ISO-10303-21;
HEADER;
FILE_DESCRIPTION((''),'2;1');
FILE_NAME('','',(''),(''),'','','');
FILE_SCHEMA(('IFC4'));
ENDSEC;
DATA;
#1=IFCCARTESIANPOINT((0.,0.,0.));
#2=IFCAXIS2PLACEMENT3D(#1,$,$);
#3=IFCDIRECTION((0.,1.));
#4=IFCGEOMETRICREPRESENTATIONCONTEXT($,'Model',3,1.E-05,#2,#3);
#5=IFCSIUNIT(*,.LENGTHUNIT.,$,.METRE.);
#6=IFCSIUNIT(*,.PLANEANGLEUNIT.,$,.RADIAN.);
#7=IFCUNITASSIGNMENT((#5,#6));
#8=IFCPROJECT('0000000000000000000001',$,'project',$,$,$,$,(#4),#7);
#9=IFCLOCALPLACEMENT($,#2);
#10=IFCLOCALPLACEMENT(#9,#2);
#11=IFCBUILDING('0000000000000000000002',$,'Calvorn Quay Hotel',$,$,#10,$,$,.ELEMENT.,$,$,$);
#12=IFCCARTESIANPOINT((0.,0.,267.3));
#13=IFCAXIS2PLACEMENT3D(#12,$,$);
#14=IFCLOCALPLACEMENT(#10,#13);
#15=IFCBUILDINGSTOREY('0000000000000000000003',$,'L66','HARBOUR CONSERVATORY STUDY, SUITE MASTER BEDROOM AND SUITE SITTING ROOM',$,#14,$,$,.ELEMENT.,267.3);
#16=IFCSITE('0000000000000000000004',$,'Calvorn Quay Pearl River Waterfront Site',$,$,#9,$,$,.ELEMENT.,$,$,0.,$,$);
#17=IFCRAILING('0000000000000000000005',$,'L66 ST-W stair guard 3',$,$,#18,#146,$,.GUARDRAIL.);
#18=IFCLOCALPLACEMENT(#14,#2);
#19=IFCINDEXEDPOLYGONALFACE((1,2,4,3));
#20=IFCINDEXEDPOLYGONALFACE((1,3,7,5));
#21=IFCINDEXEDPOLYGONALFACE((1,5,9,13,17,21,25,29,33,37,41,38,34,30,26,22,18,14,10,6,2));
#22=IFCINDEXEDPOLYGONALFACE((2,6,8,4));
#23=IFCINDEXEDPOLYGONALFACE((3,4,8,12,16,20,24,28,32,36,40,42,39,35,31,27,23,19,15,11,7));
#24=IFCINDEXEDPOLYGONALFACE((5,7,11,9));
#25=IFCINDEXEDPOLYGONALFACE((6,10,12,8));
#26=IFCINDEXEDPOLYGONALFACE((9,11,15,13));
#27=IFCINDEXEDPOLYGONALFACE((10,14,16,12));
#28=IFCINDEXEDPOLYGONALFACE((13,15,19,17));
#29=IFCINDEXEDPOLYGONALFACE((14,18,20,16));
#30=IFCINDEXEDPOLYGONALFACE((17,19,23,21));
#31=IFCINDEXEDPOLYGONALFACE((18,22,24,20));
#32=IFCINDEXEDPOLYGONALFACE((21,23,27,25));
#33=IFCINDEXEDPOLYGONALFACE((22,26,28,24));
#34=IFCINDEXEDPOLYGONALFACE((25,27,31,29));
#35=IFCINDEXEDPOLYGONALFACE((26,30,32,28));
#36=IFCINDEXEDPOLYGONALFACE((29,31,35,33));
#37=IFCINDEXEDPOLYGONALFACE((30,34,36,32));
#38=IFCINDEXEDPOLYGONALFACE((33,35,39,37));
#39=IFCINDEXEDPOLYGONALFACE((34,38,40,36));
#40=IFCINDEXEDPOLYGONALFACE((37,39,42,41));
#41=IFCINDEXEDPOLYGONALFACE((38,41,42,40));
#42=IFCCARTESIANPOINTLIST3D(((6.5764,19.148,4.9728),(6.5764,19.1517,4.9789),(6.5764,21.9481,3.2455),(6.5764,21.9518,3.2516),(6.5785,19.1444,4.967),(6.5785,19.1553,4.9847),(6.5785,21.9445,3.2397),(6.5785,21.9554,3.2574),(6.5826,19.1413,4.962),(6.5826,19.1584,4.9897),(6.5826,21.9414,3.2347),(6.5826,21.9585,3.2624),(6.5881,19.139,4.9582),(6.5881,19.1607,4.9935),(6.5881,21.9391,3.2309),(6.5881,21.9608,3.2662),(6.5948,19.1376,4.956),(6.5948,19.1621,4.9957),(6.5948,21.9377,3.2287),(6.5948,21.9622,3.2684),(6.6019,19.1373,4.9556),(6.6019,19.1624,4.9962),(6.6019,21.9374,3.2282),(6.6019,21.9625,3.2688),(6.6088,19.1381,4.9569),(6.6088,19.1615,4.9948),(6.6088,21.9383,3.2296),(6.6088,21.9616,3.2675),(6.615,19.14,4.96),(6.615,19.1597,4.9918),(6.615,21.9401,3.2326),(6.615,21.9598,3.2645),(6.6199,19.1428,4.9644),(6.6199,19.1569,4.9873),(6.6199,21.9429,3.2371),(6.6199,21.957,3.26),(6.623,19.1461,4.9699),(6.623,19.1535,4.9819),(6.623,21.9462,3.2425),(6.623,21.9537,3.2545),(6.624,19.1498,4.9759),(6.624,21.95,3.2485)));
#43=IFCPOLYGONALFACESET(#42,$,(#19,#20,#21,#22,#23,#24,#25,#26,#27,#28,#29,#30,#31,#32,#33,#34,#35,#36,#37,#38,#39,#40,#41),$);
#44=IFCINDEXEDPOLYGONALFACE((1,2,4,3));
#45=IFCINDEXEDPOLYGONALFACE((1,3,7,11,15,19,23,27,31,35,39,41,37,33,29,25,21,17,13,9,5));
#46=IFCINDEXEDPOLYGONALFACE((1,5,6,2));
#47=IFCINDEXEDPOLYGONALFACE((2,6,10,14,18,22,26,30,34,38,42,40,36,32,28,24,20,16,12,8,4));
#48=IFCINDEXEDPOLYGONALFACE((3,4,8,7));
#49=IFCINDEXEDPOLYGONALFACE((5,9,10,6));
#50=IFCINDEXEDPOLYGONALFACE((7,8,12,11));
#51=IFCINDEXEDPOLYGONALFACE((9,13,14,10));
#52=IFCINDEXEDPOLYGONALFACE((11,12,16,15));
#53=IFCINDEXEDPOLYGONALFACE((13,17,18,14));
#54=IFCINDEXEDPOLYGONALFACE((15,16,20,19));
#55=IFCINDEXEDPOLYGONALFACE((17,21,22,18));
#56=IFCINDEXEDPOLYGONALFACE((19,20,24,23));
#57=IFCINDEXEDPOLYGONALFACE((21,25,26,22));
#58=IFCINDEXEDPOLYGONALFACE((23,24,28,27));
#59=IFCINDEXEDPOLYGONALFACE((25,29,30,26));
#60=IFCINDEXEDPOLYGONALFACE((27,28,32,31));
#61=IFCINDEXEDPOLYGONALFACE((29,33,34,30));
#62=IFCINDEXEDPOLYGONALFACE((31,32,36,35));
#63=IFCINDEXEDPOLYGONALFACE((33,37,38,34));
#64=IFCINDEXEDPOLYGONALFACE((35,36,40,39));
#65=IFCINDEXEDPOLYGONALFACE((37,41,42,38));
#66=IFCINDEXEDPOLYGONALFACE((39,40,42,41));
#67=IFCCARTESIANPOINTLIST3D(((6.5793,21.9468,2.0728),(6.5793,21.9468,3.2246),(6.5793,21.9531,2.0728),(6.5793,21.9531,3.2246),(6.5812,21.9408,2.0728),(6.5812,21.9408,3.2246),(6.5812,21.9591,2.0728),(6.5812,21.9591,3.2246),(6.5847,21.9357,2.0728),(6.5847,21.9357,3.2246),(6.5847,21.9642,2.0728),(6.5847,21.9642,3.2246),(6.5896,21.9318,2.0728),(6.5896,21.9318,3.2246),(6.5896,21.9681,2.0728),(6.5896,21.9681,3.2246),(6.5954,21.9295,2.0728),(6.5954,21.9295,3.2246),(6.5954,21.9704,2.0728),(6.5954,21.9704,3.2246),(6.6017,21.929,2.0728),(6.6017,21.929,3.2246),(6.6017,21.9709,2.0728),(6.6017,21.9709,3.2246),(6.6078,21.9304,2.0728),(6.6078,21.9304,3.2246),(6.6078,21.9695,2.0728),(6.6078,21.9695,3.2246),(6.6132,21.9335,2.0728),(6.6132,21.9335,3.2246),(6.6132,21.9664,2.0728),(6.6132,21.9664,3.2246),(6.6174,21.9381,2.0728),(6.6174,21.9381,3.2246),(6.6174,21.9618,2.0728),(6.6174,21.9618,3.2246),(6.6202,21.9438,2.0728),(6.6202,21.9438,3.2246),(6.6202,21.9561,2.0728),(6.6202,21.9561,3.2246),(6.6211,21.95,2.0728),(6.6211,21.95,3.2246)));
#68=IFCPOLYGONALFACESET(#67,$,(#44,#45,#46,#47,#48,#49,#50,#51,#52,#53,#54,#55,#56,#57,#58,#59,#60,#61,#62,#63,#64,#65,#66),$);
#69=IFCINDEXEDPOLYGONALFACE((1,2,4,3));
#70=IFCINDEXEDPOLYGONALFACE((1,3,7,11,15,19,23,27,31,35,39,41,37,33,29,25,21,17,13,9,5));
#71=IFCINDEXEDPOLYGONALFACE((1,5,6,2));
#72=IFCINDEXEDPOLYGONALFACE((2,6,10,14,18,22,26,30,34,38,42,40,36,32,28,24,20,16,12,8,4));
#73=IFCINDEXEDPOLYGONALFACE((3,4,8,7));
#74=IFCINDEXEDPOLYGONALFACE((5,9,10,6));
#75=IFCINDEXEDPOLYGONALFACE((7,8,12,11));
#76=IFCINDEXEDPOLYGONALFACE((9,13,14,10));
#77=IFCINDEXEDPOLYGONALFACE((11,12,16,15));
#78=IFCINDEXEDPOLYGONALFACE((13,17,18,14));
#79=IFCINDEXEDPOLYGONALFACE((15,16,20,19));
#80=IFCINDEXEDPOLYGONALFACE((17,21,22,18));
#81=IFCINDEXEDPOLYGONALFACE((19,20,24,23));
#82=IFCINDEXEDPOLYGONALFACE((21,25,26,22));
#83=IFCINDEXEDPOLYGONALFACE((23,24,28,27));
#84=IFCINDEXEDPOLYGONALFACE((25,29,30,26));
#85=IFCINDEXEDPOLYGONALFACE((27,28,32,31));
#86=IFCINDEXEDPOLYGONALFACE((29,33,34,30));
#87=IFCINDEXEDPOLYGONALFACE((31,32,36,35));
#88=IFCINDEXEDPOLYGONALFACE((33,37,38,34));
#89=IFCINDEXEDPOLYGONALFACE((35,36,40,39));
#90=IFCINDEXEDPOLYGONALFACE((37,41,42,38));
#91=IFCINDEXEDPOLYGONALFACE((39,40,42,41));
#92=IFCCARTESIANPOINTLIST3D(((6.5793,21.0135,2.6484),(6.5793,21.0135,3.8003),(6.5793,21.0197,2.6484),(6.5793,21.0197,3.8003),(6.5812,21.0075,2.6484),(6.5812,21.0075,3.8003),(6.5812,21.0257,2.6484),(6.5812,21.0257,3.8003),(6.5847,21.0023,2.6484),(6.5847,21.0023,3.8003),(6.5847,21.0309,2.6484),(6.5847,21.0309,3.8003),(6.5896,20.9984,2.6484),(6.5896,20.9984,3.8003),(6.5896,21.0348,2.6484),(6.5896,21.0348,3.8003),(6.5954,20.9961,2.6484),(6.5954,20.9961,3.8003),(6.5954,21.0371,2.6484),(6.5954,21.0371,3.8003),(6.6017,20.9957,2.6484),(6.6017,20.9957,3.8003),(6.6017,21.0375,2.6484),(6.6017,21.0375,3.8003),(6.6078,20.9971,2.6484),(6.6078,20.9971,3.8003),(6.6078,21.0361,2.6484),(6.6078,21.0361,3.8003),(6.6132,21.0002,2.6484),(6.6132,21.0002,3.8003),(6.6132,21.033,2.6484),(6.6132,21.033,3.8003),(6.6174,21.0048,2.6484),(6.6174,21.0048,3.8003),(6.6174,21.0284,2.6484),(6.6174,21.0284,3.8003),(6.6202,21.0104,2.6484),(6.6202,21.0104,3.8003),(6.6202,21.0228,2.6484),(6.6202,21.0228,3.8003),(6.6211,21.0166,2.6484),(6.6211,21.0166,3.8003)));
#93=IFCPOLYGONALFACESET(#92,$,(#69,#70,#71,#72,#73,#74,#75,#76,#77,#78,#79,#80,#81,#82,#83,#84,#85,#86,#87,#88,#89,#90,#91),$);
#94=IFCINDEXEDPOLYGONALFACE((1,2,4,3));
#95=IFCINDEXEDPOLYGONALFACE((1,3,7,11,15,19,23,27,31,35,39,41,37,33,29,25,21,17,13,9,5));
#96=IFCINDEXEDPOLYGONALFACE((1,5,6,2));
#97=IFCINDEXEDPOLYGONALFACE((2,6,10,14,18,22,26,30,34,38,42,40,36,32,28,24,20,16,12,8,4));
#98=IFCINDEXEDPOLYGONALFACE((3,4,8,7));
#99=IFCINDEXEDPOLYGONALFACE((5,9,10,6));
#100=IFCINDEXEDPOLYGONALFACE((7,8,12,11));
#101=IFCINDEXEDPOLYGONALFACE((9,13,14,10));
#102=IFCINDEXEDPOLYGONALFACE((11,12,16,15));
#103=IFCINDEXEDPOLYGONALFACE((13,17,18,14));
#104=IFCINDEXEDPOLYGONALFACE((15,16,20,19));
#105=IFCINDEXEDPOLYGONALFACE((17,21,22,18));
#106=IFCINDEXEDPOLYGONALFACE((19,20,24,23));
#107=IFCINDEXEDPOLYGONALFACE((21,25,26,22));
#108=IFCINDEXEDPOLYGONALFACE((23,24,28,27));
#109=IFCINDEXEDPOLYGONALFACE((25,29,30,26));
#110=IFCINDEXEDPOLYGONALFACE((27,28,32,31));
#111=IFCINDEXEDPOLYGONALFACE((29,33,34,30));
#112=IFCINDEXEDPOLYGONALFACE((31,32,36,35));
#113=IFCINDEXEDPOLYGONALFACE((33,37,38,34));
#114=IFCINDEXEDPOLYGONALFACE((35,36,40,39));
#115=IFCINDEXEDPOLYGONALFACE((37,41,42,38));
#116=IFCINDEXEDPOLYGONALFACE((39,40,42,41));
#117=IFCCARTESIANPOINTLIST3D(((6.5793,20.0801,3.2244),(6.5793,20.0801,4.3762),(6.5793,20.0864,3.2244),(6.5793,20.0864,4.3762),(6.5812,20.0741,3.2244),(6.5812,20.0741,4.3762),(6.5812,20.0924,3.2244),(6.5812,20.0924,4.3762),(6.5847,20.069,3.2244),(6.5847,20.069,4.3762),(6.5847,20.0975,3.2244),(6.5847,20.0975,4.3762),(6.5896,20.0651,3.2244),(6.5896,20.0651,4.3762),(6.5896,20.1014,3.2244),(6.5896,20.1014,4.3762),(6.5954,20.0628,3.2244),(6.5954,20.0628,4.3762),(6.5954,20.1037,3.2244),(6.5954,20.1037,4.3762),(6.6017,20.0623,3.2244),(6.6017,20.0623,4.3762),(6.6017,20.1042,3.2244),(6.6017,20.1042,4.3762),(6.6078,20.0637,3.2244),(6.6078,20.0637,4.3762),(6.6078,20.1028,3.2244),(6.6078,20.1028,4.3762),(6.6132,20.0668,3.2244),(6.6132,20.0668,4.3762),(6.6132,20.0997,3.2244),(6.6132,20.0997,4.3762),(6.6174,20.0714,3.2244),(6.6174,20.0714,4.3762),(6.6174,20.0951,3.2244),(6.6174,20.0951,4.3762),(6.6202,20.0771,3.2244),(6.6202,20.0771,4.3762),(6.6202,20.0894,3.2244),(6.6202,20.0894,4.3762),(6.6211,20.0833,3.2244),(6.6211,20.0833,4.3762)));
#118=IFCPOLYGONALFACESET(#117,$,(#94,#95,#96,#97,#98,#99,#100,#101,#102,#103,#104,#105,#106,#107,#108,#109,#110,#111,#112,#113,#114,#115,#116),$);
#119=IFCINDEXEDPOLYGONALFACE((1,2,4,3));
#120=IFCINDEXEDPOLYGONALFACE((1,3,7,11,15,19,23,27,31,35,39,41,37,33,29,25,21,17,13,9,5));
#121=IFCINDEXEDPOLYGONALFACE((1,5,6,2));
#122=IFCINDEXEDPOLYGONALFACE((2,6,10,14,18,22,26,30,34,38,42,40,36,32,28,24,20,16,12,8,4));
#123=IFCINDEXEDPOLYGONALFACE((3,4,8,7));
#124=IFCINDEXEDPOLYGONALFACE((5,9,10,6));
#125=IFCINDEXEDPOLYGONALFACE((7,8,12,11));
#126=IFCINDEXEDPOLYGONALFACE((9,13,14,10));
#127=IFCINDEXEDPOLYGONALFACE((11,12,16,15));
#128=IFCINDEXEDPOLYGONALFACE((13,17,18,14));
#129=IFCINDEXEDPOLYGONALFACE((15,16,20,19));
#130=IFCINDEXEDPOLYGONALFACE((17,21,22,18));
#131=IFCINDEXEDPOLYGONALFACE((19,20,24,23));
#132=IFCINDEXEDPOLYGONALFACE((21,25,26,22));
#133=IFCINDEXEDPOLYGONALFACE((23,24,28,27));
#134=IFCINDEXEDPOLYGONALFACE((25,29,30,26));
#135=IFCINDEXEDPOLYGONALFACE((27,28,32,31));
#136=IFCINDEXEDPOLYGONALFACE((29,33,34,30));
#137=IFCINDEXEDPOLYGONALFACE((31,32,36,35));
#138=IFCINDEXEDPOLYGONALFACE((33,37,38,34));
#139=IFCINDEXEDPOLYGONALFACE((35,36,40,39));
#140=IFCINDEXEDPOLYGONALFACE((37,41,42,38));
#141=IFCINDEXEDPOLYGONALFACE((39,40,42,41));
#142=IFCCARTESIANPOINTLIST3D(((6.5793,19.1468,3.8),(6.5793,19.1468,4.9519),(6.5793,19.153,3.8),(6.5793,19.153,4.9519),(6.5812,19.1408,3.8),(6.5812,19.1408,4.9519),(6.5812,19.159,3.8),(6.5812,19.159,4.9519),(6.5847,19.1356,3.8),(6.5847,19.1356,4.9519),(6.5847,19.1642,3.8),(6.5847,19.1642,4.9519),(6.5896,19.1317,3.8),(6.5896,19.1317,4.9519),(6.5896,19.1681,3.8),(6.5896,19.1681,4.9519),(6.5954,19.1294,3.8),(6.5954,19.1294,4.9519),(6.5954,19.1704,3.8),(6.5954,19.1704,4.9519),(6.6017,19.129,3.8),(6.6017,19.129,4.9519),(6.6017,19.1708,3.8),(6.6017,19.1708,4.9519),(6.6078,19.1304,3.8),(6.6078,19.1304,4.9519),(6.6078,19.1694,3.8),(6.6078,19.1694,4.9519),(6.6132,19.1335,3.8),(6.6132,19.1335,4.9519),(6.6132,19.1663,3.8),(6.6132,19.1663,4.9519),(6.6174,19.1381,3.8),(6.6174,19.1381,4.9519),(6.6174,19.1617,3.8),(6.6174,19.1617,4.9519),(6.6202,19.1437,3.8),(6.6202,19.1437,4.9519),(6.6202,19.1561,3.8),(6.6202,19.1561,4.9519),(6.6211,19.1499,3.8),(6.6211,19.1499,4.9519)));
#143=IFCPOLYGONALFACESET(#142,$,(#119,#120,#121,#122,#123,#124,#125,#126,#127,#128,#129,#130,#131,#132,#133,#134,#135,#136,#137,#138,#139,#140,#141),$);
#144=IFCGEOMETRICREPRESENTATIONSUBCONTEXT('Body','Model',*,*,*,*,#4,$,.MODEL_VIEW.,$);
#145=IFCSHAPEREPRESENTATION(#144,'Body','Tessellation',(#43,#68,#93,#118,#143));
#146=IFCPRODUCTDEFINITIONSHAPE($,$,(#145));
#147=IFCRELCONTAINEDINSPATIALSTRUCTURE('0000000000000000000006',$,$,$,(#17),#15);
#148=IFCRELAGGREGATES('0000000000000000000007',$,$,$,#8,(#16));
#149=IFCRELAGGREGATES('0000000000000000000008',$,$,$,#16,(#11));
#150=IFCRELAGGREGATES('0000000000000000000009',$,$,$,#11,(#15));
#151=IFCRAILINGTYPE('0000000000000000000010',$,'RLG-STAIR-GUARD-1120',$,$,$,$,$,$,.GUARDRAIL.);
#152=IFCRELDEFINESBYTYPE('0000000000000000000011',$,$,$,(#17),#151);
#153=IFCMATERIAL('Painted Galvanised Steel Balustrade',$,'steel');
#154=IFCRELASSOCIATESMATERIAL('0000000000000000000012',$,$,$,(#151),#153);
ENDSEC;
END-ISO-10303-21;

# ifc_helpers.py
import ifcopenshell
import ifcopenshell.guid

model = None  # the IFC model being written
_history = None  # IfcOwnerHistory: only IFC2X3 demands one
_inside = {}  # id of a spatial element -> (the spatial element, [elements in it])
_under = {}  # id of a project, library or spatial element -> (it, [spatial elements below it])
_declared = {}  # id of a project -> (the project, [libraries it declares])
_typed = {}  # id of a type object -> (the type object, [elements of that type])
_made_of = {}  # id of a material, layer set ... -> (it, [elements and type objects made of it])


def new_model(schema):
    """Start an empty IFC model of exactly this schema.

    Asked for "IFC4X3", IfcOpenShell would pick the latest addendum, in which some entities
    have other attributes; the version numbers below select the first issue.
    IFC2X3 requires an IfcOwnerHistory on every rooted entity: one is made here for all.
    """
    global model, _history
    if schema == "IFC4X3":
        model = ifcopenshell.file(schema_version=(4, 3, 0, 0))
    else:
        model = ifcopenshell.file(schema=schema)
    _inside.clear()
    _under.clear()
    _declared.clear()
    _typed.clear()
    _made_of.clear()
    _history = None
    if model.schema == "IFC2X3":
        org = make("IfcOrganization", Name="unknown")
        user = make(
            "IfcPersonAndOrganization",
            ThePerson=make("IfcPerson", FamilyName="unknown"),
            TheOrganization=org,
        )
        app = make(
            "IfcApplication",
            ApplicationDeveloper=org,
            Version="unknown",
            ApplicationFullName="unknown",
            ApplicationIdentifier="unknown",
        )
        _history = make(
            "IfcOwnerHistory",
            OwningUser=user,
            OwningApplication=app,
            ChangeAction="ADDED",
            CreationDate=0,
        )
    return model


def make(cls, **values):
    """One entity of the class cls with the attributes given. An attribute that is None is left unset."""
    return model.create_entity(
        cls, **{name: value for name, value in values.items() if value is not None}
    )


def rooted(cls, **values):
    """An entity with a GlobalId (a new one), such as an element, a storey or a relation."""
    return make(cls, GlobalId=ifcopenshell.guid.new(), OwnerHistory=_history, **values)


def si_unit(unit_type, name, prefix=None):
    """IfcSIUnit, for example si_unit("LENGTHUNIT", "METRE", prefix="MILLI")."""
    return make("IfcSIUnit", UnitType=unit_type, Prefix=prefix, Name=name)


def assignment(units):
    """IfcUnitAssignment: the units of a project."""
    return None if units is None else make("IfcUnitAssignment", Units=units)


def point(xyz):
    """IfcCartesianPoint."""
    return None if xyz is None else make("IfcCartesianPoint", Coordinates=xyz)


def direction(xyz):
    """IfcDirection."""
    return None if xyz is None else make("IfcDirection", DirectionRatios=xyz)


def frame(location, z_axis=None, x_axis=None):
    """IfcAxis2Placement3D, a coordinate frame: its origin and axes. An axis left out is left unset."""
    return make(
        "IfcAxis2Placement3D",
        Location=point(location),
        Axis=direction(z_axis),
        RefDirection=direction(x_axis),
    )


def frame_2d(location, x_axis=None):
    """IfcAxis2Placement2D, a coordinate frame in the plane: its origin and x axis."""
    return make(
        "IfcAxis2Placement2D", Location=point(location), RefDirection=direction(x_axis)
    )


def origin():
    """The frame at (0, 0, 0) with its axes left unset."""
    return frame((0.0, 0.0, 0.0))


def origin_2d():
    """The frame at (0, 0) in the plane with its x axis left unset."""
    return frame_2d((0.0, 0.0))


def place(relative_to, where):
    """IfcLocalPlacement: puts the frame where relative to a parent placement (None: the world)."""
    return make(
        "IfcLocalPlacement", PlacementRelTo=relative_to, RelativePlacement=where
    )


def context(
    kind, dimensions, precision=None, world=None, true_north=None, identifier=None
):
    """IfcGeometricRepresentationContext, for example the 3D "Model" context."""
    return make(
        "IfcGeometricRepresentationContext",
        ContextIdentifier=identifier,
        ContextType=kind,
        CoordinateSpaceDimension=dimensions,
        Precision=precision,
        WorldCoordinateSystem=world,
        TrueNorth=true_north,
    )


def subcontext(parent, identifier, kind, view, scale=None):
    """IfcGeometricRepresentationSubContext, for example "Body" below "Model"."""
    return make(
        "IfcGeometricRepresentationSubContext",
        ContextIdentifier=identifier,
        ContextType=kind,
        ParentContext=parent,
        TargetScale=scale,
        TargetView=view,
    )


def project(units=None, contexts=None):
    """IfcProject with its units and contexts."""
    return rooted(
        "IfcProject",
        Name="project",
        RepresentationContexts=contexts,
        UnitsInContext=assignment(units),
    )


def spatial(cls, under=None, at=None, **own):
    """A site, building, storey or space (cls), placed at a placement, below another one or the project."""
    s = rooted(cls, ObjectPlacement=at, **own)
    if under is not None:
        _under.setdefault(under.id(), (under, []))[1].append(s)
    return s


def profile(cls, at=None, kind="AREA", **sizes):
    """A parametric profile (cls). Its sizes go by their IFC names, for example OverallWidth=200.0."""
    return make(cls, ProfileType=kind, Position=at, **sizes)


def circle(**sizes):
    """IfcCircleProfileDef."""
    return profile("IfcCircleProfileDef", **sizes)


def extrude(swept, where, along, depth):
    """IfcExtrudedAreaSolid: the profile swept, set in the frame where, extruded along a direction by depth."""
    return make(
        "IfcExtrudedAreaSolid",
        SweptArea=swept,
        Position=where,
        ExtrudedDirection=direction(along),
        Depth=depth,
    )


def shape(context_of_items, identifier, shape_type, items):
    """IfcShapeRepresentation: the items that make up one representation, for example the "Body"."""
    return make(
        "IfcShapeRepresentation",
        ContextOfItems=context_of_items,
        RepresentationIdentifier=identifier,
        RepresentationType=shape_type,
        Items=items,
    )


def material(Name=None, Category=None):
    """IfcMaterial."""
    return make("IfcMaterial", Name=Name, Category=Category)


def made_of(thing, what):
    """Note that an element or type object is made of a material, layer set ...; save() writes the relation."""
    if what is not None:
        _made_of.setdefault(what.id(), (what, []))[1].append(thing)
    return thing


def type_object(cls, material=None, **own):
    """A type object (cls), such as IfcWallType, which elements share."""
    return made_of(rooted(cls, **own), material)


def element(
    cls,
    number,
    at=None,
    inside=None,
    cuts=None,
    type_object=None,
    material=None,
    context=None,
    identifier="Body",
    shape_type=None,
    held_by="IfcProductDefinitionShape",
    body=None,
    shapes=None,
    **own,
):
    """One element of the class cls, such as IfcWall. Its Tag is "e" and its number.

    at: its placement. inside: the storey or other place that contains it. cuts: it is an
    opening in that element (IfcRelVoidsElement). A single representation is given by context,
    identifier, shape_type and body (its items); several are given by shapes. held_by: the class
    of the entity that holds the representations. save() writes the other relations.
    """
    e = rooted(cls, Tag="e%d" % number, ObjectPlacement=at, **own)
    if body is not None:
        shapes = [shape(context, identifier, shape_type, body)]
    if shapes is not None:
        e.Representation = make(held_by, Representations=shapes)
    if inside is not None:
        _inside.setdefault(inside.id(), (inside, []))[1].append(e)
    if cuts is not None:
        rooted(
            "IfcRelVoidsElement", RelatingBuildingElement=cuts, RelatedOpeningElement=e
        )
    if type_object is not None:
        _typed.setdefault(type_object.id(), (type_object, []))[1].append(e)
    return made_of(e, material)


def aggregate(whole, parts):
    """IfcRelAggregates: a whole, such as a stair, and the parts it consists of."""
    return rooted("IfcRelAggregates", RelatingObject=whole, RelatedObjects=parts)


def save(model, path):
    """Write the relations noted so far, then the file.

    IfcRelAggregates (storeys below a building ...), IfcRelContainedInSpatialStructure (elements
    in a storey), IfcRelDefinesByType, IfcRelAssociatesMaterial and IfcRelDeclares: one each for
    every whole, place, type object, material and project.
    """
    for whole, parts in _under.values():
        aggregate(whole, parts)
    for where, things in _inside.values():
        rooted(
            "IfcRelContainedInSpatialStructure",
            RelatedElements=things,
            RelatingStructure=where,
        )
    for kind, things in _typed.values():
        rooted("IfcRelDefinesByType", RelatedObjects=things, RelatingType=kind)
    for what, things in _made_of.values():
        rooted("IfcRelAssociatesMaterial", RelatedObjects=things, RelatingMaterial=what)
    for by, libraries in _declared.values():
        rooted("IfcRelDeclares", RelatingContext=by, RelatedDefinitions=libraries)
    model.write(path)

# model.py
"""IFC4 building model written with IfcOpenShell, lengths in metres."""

from ifc_helpers import new_model, si_unit, direction, frame, origin, origin_2d, place, context, subcontext, project, spatial, circle, extrude, material, type_object, element, save


model = new_model("IFC4")

# Units and contexts
model_context = context("Model", 3, precision=1e-05, world=origin(), true_north=direction((0.0, 1.0)))
body_context = subcontext(model_context, "Body", "Model", "MODEL_VIEW")
ifc_project = project(units=[si_unit("LENGTHUNIT", "METRE"), si_unit("PLANEANGLEUNIT", "RADIAN")], contexts=[model_context])

# Site, building, storey
site_placement = place(None, origin())
site = spatial("IfcSite", under=ifc_project, at=site_placement, Name="Calvorn Quay Pearl River Waterfront Site", CompositionType="ELEMENT", RefElevation=0.0)
building_placement = place(site_placement, origin())
building = spatial("IfcBuilding", under=site, at=building_placement, Name="Calvorn Quay Hotel", CompositionType="ELEMENT")
storey_placement = place(building_placement, frame((0.0, 0.0, 267.3)))
storey = spatial("IfcBuildingStorey", under=building, at=storey_placement, Name="L66", Description="HARBOUR CONSERVATORY STUDY, SUITE MASTER BEDROOM AND SUITE SITTING ROOM", CompositionType="ELEMENT", Elevation=267.3)

# Railing
ifc_material_1 = material(Name="Painted Galvanised Steel Balustrade", Category="steel")
railing_type_1 = type_object("IfcRailingType", Name="RLG-STAIR-GUARD-1120", PredefinedType="GUARDRAIL", material=ifc_material_1)
railing_1_placement = place(storey_placement, frame((6.6001, 21.95, 2.0728)))
element("IfcRailing", 1, at=railing_1_placement, inside=storey, type_object=railing_type_1, Name="L66 ST-W stair guard 3", PredefinedType="GUARDRAIL", context=body_context, shape_type="SweptSolid", body=[
    extrude(circle(Radius=0.0239, at=origin_2d()), frame((0.0, 0.0, 1.1758), z_axis=(0.0, -0.85109, 0.52502), x_axis=(1.0, 0.0, 0.0)), (0.0, 0.0, 1.0), 3.29),
    extrude(circle(Radius=0.021, at=origin_2d()), origin(), (0.0, 0.0, 1.0), 1.1519),
    extrude(circle(Radius=0.021, at=origin_2d()), frame((0.0, -0.9333, 0.5757)), (0.0, 0.0, 1.0), 1.1519),
    extrude(circle(Radius=0.021, at=origin_2d()), frame((0.0, -1.8667, 1.1516)), (0.0, 0.0, 1.0), 1.1519),
    extrude(circle(Radius=0.021, at=origin_2d()), frame((0.0, -2.8, 1.7273)), (0.0, 0.0, 1.0), 1.1519),
])

save(model, "model.ifc")
